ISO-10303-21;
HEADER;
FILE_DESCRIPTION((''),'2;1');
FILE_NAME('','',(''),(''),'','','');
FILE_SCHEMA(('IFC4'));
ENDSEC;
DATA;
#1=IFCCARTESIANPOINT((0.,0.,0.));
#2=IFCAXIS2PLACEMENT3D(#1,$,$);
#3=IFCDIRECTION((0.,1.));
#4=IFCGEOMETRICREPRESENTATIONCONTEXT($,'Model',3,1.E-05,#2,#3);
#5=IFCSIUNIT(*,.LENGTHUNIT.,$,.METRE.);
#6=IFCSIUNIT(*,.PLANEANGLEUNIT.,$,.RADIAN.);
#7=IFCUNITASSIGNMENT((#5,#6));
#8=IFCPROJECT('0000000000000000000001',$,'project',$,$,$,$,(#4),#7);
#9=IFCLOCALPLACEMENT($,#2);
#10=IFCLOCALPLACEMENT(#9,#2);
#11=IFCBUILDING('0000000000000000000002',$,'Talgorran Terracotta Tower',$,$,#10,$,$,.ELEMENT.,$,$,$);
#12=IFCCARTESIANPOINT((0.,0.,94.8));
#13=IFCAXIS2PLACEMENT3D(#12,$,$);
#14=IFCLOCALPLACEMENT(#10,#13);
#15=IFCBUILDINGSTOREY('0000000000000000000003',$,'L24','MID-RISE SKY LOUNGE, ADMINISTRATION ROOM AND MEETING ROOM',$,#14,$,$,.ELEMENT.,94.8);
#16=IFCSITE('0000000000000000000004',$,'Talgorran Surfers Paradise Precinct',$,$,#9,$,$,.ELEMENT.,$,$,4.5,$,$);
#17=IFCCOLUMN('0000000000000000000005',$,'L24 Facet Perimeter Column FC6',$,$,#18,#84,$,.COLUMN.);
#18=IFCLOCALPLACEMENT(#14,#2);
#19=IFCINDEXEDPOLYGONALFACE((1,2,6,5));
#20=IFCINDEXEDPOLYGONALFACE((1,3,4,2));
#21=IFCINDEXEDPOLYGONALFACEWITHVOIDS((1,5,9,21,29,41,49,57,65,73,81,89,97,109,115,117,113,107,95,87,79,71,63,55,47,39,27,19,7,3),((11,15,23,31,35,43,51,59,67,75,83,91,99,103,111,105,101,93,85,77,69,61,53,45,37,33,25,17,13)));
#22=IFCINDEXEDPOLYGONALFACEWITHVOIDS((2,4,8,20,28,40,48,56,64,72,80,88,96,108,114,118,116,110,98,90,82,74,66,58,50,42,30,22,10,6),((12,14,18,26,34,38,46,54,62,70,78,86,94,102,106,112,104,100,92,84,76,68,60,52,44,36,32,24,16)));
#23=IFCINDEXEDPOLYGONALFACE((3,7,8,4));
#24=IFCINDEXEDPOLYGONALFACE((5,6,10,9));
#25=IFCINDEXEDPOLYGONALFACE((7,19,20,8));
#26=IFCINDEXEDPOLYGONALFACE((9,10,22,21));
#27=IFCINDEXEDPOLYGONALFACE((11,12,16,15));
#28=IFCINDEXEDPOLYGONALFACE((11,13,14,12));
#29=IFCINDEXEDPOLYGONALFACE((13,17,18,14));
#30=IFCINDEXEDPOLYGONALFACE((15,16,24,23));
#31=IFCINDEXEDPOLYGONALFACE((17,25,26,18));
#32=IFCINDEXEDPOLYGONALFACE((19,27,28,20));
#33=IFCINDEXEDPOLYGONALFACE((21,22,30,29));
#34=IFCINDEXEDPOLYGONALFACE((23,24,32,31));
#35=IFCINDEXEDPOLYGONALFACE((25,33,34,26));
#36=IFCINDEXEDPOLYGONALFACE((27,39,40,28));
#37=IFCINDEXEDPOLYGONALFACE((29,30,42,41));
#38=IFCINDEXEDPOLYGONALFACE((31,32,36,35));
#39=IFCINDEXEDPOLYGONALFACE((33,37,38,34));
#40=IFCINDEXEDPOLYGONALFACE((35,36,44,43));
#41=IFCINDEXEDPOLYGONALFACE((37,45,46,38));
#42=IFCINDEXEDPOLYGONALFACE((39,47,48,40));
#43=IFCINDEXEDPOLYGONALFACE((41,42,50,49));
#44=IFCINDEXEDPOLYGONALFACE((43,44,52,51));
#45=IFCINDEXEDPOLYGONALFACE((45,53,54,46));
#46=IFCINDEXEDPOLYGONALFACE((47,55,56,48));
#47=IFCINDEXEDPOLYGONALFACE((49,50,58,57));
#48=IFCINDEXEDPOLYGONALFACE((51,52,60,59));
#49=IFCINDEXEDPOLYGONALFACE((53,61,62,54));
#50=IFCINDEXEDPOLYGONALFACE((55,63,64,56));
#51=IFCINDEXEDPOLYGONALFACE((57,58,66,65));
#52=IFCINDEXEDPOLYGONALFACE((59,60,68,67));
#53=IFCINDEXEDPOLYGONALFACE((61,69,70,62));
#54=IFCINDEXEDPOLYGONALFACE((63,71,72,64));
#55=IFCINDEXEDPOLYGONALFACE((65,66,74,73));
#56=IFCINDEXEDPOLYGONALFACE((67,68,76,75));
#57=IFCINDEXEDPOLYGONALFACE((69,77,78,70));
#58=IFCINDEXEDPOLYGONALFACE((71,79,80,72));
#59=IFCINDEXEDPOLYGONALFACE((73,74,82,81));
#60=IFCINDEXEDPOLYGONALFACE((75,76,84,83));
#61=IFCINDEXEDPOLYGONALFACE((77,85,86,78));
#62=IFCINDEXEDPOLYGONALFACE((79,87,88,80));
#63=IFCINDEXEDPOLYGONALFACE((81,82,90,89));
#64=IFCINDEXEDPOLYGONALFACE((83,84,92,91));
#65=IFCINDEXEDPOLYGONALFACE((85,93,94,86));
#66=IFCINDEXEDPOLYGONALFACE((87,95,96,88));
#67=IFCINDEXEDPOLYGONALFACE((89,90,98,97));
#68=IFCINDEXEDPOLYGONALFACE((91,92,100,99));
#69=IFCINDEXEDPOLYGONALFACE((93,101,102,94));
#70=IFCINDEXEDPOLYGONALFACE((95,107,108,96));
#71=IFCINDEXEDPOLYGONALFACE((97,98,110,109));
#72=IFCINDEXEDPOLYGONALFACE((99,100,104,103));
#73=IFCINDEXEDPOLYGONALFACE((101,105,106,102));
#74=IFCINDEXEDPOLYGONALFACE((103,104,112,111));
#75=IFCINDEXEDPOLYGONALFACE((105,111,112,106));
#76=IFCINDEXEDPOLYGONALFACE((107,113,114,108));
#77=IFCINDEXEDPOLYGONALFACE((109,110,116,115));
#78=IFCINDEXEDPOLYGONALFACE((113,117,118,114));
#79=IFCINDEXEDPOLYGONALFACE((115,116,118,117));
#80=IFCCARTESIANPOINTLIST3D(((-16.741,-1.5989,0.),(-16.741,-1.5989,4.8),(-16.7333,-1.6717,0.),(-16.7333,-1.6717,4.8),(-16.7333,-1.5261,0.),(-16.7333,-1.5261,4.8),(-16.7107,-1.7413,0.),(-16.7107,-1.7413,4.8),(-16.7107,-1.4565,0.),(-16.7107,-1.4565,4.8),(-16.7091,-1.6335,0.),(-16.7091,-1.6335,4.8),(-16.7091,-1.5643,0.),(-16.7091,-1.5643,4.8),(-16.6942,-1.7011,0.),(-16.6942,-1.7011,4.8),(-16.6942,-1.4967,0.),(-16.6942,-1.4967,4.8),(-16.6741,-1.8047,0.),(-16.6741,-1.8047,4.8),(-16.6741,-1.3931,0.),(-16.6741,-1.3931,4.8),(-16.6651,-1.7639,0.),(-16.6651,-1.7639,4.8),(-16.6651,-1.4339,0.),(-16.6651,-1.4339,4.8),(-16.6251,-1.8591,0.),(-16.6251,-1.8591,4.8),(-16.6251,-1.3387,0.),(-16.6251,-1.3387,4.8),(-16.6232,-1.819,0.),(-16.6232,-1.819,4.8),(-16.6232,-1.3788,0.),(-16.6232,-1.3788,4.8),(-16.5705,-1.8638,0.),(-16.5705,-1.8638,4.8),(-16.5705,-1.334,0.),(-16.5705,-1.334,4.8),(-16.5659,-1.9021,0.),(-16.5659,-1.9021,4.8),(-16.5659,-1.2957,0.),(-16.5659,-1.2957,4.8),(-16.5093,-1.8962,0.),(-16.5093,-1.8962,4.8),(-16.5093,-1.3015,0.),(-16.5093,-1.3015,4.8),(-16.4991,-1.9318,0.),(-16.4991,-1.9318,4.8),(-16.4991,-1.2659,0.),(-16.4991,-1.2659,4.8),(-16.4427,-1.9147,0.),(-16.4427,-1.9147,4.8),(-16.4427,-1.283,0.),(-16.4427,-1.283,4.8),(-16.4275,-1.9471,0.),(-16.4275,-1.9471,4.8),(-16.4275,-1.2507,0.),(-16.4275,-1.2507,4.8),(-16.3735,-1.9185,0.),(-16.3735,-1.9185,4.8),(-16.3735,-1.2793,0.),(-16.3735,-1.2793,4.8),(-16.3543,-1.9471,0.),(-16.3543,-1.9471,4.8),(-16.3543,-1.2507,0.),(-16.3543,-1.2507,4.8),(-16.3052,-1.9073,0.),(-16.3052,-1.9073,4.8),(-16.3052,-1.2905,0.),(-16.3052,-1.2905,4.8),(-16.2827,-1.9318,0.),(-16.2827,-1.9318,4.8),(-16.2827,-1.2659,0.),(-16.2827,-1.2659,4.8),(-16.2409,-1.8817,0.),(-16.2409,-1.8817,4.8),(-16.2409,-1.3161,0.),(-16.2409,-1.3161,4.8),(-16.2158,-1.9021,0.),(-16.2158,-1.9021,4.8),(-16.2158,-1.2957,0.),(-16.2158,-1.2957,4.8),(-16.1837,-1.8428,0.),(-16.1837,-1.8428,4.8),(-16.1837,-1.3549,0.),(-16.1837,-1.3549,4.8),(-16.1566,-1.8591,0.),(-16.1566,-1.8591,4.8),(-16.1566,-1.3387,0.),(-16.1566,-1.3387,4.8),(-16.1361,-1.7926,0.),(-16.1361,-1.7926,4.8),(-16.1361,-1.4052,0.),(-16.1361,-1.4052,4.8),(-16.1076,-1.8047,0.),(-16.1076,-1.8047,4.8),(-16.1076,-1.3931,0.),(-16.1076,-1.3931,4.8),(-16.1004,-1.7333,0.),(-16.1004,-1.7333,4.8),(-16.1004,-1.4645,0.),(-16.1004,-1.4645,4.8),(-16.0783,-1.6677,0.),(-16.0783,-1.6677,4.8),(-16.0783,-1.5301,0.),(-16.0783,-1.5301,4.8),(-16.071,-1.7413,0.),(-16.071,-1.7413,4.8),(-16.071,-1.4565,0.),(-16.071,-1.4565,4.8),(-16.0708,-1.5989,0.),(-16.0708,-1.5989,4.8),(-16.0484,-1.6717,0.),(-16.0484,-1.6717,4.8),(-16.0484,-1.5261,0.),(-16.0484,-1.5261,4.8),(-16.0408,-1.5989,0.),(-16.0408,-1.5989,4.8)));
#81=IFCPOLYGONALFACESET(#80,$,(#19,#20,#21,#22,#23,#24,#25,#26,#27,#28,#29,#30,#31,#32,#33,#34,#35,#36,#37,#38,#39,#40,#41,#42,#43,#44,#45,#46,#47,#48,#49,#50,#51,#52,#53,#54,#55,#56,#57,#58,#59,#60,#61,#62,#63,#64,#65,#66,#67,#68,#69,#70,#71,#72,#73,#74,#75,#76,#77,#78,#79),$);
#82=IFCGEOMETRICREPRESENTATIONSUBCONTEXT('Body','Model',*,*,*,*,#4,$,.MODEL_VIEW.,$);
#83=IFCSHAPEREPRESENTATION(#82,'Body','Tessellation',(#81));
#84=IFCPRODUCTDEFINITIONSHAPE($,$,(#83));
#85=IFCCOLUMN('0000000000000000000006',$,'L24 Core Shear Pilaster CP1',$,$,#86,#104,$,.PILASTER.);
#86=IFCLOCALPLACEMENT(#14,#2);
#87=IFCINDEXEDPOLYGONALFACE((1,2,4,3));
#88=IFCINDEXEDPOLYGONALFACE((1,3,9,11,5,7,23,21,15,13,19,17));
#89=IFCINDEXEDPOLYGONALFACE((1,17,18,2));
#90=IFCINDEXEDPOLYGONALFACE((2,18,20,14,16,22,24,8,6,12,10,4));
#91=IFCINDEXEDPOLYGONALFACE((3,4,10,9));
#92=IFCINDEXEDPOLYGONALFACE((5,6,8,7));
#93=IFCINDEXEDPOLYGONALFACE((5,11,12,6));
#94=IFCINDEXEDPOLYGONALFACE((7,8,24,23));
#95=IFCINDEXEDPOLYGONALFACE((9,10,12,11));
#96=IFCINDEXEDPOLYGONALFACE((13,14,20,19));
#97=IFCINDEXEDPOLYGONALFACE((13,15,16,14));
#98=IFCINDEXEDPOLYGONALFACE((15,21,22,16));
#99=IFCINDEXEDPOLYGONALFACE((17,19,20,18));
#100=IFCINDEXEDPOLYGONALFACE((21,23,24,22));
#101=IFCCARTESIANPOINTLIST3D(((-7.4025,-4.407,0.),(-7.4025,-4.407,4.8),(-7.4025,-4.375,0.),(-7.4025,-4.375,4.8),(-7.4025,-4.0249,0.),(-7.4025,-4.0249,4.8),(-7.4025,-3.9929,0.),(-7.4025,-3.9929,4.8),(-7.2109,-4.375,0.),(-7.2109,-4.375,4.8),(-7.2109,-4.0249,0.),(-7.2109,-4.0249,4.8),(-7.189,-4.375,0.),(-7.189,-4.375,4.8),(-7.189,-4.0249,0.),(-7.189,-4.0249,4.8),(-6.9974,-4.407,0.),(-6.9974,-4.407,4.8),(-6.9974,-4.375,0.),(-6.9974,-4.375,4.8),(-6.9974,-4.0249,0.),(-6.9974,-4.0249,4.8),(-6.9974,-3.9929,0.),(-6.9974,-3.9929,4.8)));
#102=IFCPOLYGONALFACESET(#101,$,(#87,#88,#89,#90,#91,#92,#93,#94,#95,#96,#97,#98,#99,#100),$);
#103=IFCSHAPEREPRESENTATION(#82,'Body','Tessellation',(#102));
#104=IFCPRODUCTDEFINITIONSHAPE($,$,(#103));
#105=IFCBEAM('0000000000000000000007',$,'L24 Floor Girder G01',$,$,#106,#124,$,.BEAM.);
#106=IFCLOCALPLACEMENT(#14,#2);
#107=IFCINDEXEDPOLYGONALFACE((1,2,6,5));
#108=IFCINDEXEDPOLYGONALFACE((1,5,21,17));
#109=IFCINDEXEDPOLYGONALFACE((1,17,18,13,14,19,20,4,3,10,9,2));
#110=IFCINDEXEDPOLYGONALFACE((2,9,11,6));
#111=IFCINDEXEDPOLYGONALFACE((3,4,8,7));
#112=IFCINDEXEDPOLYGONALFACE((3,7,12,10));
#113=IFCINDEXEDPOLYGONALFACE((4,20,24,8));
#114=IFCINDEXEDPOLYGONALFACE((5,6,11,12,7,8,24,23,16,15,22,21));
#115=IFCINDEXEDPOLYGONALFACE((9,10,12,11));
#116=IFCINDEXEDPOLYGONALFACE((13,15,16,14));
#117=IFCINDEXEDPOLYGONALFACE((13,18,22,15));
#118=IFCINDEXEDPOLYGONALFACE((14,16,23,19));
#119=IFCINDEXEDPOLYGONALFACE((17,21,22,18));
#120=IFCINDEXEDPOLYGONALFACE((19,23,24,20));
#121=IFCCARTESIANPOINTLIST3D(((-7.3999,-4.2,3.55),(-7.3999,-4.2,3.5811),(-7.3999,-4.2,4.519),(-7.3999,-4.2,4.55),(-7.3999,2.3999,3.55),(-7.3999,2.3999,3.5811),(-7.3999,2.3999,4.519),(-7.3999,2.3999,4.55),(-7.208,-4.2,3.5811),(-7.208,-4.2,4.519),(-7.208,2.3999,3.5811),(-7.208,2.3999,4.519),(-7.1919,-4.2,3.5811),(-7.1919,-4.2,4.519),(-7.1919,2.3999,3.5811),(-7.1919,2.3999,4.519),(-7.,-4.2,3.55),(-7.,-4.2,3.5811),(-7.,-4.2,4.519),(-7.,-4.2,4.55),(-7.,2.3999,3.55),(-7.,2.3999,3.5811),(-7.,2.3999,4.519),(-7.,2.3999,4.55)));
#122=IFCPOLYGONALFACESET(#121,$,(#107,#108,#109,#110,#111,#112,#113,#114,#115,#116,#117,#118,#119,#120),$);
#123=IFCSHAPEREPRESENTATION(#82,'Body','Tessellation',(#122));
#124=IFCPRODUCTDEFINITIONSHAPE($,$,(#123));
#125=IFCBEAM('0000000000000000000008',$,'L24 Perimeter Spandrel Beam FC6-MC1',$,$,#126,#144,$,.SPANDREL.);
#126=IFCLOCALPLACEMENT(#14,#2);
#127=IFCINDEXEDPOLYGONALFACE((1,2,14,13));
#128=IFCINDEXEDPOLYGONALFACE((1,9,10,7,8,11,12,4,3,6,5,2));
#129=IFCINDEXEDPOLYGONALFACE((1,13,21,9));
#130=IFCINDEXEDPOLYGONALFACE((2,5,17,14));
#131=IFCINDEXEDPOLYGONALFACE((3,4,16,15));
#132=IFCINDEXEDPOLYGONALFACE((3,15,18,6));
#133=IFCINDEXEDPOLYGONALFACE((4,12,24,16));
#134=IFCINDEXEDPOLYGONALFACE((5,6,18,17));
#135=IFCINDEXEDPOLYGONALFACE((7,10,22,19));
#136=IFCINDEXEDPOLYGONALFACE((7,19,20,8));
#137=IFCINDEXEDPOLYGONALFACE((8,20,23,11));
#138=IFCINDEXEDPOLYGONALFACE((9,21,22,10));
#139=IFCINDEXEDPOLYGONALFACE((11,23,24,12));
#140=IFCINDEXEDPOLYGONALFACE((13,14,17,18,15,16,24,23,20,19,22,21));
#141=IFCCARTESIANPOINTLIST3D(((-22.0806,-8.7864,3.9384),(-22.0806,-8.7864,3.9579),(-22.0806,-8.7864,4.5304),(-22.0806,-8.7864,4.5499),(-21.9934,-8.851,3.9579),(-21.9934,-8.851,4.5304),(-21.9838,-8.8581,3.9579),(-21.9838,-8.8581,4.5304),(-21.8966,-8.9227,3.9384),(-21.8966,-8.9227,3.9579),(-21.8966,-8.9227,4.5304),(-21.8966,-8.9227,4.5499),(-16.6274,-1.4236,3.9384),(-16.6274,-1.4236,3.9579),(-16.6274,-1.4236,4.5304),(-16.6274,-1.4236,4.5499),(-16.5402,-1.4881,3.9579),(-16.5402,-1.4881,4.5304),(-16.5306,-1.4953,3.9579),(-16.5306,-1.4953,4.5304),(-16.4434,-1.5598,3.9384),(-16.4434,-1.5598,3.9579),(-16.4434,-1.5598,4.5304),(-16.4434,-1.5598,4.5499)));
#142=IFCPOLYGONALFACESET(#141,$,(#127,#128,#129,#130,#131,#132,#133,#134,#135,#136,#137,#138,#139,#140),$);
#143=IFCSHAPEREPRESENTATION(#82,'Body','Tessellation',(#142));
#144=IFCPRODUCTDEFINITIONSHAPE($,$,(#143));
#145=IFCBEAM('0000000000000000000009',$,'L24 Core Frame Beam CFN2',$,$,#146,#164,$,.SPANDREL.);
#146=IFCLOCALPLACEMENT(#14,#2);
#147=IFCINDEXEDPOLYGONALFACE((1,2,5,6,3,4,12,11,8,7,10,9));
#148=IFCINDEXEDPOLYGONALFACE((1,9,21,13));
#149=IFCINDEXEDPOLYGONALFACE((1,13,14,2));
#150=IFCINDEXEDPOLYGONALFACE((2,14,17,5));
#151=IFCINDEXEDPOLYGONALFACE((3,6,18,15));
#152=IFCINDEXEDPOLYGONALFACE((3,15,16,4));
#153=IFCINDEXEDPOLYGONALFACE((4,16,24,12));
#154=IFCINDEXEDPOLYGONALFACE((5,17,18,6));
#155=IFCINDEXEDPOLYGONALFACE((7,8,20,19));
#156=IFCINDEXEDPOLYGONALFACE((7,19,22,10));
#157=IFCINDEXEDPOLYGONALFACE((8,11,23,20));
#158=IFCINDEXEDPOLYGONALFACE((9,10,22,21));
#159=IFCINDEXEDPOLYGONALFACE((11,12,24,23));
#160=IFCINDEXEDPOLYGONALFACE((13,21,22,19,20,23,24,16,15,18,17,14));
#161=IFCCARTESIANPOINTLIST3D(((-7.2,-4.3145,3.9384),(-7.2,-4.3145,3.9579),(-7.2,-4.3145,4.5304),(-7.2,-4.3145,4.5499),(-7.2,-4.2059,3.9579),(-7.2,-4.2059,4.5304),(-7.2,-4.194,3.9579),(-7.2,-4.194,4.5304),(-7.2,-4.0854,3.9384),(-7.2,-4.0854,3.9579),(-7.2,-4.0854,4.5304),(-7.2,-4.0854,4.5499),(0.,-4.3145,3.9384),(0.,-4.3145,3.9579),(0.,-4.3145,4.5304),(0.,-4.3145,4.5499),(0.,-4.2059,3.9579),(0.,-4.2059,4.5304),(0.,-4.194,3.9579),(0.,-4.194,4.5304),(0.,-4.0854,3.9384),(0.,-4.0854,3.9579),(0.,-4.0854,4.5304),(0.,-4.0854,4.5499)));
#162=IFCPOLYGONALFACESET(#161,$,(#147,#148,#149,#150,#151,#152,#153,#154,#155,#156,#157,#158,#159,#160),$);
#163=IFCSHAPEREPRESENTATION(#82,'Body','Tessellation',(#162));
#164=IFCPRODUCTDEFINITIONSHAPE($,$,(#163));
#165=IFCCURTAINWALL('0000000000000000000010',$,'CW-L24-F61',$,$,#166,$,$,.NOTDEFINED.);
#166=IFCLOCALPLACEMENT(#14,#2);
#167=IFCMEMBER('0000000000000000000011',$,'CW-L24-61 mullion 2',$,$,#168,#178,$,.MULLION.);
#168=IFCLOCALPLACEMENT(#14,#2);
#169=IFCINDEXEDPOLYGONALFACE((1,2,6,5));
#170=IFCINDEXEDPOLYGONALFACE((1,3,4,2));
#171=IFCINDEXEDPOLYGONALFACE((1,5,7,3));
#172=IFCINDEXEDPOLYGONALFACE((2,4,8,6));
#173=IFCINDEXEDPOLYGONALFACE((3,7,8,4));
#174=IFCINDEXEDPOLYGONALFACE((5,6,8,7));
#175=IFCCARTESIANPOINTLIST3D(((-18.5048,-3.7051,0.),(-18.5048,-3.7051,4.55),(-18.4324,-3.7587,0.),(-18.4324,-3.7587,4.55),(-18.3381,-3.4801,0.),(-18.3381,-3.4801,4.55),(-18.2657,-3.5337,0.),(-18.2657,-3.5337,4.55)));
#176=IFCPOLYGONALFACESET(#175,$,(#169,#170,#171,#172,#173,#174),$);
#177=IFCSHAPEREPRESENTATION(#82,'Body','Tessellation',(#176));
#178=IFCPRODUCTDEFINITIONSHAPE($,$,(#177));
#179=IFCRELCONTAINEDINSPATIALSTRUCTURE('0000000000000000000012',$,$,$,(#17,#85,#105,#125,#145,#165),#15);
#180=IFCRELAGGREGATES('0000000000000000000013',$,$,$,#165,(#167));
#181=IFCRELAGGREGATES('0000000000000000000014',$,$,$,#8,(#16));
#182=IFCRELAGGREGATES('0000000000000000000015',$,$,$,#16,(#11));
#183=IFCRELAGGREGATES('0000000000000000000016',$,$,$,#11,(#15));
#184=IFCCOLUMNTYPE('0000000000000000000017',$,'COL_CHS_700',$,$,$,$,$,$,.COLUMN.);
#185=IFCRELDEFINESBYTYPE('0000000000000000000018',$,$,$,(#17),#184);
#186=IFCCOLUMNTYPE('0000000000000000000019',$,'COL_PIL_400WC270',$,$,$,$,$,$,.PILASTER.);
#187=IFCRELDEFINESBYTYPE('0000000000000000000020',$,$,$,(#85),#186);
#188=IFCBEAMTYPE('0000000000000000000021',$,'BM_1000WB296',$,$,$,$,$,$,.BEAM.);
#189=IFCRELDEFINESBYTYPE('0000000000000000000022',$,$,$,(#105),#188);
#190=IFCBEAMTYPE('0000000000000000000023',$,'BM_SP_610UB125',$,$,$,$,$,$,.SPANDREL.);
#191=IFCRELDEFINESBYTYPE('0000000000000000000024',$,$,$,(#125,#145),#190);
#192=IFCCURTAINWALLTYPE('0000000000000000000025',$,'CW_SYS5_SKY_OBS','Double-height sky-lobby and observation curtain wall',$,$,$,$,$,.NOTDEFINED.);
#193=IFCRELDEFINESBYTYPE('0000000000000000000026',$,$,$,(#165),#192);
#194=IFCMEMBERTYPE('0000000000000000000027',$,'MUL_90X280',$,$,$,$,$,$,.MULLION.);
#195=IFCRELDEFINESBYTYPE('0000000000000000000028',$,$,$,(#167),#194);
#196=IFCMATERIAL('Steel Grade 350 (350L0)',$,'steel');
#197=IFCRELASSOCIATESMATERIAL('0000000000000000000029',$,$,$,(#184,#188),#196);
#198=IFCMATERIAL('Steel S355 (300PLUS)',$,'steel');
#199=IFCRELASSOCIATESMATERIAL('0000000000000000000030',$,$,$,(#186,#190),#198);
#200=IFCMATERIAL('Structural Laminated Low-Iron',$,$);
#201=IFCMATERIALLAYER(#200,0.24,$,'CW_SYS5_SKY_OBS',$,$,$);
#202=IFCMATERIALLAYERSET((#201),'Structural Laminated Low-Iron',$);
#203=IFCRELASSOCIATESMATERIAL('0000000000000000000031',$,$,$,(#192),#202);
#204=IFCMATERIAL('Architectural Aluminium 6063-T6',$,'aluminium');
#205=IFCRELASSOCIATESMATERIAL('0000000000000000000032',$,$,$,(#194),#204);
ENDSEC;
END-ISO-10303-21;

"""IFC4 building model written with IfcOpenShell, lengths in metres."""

from ifc_helpers import new_model, si_unit, direction, frame, origin, origin_2d, place, context, subcontext, project, spatial, rectangle, hollow_circle, i_section, extrude, material, layer, layer_set, material_profile, profile_set, type_object, element, aggregate, save


model = new_model("IFC4")

# Units and contexts
model_context = context("Model", 3, precision=1e-05, world=origin(), true_north=direction((0.0, 1.0)))
body_context = subcontext(model_context, "Body", "Model", "MODEL_VIEW")
ifc_project = project(units=[si_unit("LENGTHUNIT", "METRE"), si_unit("PLANEANGLEUNIT", "RADIAN")], contexts=[model_context])

# Site, building, storey
site_placement = place(None, origin())
site = spatial("IfcSite", under=ifc_project, at=site_placement, Name="Talgorran Surfers Paradise Precinct", CompositionType="ELEMENT", RefElevation=4.5)
building_placement = place(site_placement, origin())
building = spatial("IfcBuilding", under=site, at=building_placement, Name="Talgorran Terracotta Tower", CompositionType="ELEMENT")
storey_placement = place(building_placement, frame((0.0, 0.0, 94.8)))
storey = spatial("IfcBuildingStorey", under=building, at=storey_placement, Name="L24", Description="MID-RISE SKY LOUNGE, ADMINISTRATION ROOM AND MEETING ROOM", CompositionType="ELEMENT", Elevation=94.8)

# Columns
ifc_material_1 = material(Name="Steel Grade 350 (350L0)", Category="steel")
ifc_material_profile_1 = material_profile(ifc_material_1, hollow_circle(Radius=0.3501, WallThickness=0.03, at=origin_2d()), Name="CHS700X30")
ifc_profile_set_1 = profile_set([ifc_material_profile_1], Name="Steel Grade 350 (350L0)")
column_type_1 = type_object("IfcColumnType", Name="COL_CHS_700", PredefinedType="COLUMN", material=ifc_profile_set_1)
column_1_placement = place(storey_placement, frame((-16.3909, -1.5989, 0.0), z_axis=(0.0, 0.0, 1.0), x_axis=(1.0, 0.0, 0.0)))
element("IfcColumn", 1, at=column_1_placement, inside=storey, type_object=column_type_1, Name="L24 Facet Perimeter Column FC6", PredefinedType="COLUMN", context=body_context, shape_type="SweptSolid", body=[
    extrude(hollow_circle(Radius=0.3501, WallThickness=0.03, at=origin_2d()), origin(), (0.0, 0.0, 1.0), 4.8),
])
ifc_material_2 = material(Name="Steel S355 (300PLUS)", Category="steel")
ifc_material_profile_2 = material_profile(ifc_material_2, i_section(OverallWidth=0.405, OverallDepth=0.4141, WebThickness=0.022, FlangeThickness=0.032, at=origin_2d()), Name="400WC270")
ifc_profile_set_2 = profile_set([ifc_material_profile_2], Name="Steel S355 (300PLUS)")
column_type_2 = type_object("IfcColumnType", Name="COL_PIL_400WC270", PredefinedType="PILASTER", material=ifc_profile_set_2)
column_2_placement = place(storey_placement, frame((-7.2, -4.2, 0.0), z_axis=(0.0, 0.0, 1.0), x_axis=(1.0, 0.0, 0.0)))
element("IfcColumn", 2, at=column_2_placement, inside=storey, type_object=column_type_2, Name="L24 Core Shear Pilaster CP1", PredefinedType="PILASTER", context=body_context, shape_type="SweptSolid", body=[
    extrude(i_section(OverallWidth=0.405, OverallDepth=0.4141, WebThickness=0.022, FlangeThickness=0.032, at=origin_2d()), origin(), (0.0, 0.0, 1.0), 4.8),
])

# Beams
ifc_material_profile_3 = material_profile(ifc_material_1, i_section(OverallWidth=0.3999, OverallDepth=1.0, WebThickness=0.0161, FlangeThickness=0.031, at=origin_2d()), Name="1000WB296")
ifc_profile_set_3 = profile_set([ifc_material_profile_3], Name="Steel Grade 350 (350L0)")
beam_type_1 = type_object("IfcBeamType", Name="BM_1000WB296", PredefinedType="BEAM", material=ifc_profile_set_3)
beam_1_placement = place(storey_placement, frame((-7.2, -4.2, 4.05), z_axis=(0.0, 1.0, 0.0), x_axis=(-1.0, 0.0, 0.0)))
element("IfcBeam", 3, at=beam_1_placement, inside=storey, type_object=beam_type_1, Name="L24 Floor Girder G01", PredefinedType="BEAM", context=body_context, shape_type="SweptSolid", body=[
    extrude(i_section(OverallWidth=0.3999, OverallDepth=1.0, WebThickness=0.0161, FlangeThickness=0.031, at=origin_2d()), origin(), (0.0, 0.0, 1.0), 6.5999),
])
ifc_material_profile_4 = material_profile(ifc_material_2, i_section(OverallWidth=0.229, OverallDepth=0.6116, WebThickness=0.012, FlangeThickness=0.0195, at=origin_2d()), Name="610UB125")
ifc_profile_set_4 = profile_set([ifc_material_profile_4], Name="Steel S355 (300PLUS)")
beam_type_2 = type_object("IfcBeamType", Name="BM_SP_610UB125", PredefinedType="SPANDREL", material=ifc_profile_set_4)
beam_2_placement = place(storey_placement, frame((-16.5354, -1.4917, 4.2441), z_axis=(-0.595171, -0.803599, 0.0), x_axis=(0.803599, -0.595171, 0.0)))
element("IfcBeam", 4, at=beam_2_placement, inside=storey, type_object=beam_type_2, Name="L24 Perimeter Spandrel Beam FC6-MC1", PredefinedType="SPANDREL", context=body_context, shape_type="SweptSolid", body=[
    extrude(i_section(OverallWidth=0.229, OverallDepth=0.6116, WebThickness=0.012, FlangeThickness=0.0195, at=origin_2d()), origin(), (0.0, 0.0, 1.0), 9.1624),
])
beam_3_placement = place(storey_placement, frame((-7.2, -4.2, 4.2441), z_axis=(1.0, 0.0, 0.0), x_axis=(0.0, 1.0, 0.0)))
element("IfcBeam", 5, at=beam_3_placement, inside=storey, type_object=beam_type_2, Name="L24 Core Frame Beam CFN2", PredefinedType="SPANDREL", context=body_context, shape_type="SweptSolid", body=[
    extrude(i_section(OverallWidth=0.229, OverallDepth=0.6116, WebThickness=0.012, FlangeThickness=0.0195, at=origin_2d()), origin(), (0.0, 0.0, 1.0), 7.2),
])

# Curtain wall, member
ifc_material_3 = material(Name="Structural Laminated Low-Iron")
ifc_layer_1 = layer(ifc_material_3, 0.24, Name="CW_SYS5_SKY_OBS")
ifc_layer_set_1 = layer_set([ifc_layer_1], Name="Structural Laminated Low-Iron")
curtain_wall_type = type_object("IfcCurtainWallType", Name="CW_SYS5_SKY_OBS", Description="Double-height sky-lobby and observation curtain wall", PredefinedType="NOTDEFINED", material=ifc_layer_set_1)
curtain_wall_placement = place(storey_placement, origin())
curtain_wall = element("IfcCurtainWall", 6, at=curtain_wall_placement, inside=storey, type_object=curtain_wall_type, Name="CW-L24-F61", PredefinedType="NOTDEFINED")
ifc_material_4 = material(Name="Architectural Aluminium 6063-T6", Category="aluminium")
ifc_material_profile_5 = material_profile(ifc_material_4, rectangle(XDim=0.0901, YDim=0.28, at=origin_2d()), Name="CWM90X280")
ifc_profile_set_5 = profile_set([ifc_material_profile_5], Name="Architectural Aluminium 6063-T6")
member_type_1 = type_object("IfcMemberType", Name="MUL_90X280", PredefinedType="MULLION", material=ifc_profile_set_5)
member_1_placement = place(storey_placement, frame((-18.3853, -3.6194, 0.0), z_axis=(0.0, 0.0, 1.0), x_axis=(0.803594, -0.595178, 0.0)))
member_1 = element("IfcMember", 7, at=member_1_placement, type_object=member_type_1, Name="CW-L24-61 mullion 2", PredefinedType="MULLION", context=body_context, shape_type="SweptSolid", body=[
    extrude(rectangle(XDim=0.0901, YDim=0.28, at=origin_2d()), origin(), (0.0, 0.0, 1.0), 4.55),
])

aggregate(curtain_wall, [member_1])

save(model, "model.ifc")
